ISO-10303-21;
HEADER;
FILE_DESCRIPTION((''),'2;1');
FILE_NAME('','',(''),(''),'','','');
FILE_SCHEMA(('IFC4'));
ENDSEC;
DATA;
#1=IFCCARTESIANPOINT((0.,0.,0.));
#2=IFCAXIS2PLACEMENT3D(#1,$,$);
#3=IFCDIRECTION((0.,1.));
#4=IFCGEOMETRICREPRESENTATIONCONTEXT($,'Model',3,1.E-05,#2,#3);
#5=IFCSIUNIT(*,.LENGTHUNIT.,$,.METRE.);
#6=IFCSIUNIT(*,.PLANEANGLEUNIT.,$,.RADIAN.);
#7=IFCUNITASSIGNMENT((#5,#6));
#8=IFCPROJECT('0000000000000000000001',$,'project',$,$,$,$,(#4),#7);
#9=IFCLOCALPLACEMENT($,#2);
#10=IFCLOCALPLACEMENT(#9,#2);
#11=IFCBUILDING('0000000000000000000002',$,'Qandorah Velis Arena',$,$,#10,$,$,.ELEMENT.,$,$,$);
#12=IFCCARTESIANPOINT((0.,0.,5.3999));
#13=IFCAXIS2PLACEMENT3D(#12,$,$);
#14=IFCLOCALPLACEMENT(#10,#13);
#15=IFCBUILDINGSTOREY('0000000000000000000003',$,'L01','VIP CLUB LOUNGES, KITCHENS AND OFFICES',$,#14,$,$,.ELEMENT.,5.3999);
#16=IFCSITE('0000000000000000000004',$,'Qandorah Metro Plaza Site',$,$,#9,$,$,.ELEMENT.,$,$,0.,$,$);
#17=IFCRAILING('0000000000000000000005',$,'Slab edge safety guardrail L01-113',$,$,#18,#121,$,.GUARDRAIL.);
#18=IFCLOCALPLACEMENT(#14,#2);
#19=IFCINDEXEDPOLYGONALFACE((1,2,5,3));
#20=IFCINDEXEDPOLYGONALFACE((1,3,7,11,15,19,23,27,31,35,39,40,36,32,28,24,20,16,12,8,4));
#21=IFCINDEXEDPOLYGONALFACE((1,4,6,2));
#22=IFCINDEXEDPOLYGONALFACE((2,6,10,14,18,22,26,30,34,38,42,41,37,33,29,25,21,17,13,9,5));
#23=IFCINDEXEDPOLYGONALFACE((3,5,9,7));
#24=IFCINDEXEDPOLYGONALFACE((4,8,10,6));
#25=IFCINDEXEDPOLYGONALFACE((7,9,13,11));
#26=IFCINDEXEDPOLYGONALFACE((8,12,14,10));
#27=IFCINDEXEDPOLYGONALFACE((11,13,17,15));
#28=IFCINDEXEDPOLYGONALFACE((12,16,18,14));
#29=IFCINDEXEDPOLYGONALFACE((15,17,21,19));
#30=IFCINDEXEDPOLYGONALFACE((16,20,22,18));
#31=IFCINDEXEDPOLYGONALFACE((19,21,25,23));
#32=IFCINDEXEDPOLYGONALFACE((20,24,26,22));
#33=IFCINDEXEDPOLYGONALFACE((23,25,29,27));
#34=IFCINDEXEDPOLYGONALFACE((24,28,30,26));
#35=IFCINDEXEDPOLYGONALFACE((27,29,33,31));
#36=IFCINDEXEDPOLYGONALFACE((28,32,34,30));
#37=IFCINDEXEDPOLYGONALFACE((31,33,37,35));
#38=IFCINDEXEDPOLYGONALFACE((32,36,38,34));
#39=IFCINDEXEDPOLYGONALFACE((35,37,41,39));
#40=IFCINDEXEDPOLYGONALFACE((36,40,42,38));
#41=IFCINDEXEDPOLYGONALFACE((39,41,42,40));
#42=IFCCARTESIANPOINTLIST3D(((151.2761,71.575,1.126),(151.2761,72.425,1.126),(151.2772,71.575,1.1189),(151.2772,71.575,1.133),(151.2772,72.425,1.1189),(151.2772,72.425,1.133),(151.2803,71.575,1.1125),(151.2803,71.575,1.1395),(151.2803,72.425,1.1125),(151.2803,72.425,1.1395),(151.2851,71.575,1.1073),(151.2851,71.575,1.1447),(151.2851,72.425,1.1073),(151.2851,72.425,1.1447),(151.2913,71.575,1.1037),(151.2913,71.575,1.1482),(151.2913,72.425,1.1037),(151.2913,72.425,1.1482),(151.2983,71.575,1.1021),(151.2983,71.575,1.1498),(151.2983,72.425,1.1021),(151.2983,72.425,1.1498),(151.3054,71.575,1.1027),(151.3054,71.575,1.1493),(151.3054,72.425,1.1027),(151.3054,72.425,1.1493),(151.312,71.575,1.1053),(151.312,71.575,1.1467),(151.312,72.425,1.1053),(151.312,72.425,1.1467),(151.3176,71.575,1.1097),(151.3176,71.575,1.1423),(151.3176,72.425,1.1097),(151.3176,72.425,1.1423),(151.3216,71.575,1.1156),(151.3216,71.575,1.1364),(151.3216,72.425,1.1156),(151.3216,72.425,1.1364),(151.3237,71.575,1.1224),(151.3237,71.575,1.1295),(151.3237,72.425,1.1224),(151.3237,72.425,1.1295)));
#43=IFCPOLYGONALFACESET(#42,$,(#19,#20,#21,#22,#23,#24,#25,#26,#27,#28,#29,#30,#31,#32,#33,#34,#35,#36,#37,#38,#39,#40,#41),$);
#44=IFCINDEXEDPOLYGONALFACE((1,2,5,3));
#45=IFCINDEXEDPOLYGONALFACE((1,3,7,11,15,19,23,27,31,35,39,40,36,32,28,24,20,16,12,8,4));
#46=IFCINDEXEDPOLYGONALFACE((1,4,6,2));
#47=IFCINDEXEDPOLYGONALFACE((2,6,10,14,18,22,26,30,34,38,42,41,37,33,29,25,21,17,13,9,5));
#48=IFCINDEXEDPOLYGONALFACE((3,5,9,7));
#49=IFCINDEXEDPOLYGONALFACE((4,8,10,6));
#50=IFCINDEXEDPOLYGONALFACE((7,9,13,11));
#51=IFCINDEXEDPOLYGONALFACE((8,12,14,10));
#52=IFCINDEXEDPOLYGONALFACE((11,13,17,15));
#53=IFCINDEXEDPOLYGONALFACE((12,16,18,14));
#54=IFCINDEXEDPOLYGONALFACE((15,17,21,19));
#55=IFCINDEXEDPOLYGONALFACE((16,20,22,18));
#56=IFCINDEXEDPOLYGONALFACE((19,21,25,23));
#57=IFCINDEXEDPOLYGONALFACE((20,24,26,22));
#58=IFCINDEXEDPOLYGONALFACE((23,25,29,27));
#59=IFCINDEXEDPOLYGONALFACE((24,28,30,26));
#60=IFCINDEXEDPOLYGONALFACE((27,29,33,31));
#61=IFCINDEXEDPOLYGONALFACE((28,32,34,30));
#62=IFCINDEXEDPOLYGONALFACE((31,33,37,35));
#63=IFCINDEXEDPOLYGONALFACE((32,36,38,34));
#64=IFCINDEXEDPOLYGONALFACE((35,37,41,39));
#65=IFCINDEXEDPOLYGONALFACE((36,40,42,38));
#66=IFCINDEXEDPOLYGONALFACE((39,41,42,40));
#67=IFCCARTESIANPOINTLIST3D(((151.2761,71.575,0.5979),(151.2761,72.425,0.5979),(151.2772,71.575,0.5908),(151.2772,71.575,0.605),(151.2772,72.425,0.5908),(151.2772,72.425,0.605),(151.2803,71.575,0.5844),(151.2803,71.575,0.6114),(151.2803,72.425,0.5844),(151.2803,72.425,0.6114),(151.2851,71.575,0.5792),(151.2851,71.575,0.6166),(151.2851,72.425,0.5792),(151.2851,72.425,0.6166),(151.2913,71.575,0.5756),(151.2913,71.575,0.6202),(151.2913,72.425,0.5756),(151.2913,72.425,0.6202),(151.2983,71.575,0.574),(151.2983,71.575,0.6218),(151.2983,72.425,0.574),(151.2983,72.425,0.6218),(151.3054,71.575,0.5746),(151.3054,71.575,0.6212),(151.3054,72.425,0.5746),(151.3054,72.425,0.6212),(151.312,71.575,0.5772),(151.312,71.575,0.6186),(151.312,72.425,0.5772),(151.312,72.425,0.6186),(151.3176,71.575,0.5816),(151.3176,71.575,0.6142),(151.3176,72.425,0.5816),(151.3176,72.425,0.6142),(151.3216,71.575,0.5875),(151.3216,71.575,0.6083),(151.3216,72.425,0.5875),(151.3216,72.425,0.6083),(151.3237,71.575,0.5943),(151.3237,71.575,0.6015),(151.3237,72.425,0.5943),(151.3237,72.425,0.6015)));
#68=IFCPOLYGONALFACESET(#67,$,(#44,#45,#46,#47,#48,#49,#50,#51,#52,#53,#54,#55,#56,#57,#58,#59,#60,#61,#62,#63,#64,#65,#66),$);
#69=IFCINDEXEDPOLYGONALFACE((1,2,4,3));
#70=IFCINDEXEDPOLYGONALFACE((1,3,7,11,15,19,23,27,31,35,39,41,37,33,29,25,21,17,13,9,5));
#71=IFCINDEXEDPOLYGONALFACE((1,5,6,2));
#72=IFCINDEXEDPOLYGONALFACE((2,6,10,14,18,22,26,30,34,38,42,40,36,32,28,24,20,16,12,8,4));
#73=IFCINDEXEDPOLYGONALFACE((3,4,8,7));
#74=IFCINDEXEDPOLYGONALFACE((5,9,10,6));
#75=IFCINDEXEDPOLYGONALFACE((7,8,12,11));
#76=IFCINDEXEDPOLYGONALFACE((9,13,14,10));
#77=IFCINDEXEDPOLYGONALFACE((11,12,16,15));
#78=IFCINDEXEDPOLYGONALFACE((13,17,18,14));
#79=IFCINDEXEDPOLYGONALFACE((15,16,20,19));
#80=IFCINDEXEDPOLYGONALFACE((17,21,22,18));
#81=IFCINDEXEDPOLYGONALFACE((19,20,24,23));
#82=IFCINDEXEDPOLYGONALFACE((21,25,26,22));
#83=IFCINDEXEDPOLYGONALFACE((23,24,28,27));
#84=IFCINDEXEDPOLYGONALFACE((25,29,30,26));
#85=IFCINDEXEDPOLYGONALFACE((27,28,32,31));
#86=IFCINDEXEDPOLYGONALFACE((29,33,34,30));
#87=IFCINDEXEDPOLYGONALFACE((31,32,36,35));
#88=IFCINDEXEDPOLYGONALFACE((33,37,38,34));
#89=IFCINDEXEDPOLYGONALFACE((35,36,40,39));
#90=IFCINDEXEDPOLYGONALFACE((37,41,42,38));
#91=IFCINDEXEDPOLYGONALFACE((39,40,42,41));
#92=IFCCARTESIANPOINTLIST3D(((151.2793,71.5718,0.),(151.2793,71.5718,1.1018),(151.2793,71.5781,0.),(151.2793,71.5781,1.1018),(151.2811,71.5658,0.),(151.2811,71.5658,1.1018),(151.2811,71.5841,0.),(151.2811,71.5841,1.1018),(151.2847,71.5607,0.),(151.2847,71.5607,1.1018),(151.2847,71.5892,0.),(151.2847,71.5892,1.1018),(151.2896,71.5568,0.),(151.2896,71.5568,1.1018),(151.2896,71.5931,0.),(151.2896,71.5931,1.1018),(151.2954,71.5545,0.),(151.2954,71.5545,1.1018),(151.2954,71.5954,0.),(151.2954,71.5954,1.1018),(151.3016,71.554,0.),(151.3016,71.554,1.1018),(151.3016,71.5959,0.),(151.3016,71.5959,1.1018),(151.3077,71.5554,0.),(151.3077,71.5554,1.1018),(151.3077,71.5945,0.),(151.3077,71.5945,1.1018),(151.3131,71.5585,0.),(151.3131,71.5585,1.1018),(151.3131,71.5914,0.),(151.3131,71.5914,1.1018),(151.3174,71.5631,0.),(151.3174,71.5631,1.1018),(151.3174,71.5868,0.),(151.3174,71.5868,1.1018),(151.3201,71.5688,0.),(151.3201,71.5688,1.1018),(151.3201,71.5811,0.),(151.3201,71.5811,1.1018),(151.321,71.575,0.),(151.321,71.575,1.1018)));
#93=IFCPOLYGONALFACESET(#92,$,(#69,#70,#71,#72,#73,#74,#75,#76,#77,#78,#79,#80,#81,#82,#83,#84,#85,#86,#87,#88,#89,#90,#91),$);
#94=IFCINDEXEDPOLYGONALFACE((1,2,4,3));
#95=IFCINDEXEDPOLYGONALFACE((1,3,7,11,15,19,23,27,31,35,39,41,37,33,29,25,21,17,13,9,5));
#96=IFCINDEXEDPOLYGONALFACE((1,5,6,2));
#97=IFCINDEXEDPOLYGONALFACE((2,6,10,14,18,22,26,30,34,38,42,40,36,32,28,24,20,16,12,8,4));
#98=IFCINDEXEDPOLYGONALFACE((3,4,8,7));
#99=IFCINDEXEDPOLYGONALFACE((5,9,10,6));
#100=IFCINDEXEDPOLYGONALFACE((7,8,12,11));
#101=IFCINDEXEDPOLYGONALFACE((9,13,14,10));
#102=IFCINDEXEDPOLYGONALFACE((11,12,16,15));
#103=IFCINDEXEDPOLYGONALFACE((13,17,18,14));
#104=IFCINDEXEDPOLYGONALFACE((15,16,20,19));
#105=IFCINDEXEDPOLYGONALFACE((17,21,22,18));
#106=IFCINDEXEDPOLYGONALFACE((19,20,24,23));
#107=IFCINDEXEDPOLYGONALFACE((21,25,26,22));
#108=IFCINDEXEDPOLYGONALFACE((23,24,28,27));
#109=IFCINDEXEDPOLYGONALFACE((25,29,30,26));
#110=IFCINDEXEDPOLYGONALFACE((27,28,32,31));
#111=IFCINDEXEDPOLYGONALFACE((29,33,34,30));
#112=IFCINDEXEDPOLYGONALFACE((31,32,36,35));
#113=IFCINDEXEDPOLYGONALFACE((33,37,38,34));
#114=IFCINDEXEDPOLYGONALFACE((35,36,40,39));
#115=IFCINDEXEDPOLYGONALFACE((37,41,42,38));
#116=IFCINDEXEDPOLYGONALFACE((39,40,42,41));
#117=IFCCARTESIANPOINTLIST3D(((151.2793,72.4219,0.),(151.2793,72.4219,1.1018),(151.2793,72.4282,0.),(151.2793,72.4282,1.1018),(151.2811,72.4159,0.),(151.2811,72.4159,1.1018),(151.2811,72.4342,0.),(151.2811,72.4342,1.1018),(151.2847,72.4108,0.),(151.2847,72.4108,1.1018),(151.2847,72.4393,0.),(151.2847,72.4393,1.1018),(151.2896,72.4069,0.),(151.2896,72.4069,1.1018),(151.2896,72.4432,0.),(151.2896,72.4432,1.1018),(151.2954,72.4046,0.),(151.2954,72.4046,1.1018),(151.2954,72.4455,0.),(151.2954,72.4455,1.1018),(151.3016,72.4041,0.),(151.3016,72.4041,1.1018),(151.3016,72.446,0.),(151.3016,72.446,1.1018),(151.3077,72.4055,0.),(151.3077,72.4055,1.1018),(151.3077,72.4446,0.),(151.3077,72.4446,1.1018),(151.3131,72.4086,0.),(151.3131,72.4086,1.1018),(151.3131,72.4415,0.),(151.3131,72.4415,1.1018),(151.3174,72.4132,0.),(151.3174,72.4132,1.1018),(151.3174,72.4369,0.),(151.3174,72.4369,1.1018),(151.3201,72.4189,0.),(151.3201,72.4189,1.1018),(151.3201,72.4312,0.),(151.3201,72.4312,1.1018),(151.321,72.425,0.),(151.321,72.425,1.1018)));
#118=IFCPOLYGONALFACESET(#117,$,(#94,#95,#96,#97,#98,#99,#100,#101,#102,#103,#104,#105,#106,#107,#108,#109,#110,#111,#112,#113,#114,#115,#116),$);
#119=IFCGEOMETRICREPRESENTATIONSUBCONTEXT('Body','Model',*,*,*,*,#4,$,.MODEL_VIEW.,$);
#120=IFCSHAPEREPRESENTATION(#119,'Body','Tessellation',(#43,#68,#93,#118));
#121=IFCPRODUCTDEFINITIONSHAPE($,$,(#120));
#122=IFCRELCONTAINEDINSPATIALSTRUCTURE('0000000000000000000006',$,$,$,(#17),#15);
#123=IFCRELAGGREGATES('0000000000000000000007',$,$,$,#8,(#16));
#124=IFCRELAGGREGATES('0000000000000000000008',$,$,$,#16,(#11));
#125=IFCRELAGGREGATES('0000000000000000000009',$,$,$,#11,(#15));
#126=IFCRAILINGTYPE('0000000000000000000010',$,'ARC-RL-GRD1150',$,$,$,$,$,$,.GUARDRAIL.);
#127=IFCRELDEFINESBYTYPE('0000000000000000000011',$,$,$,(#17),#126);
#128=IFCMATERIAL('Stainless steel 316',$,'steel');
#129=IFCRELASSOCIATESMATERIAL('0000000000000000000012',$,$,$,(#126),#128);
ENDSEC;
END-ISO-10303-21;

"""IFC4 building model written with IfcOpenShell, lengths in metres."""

from ifc_helpers import new_model, si_unit, direction, frame, origin, origin_2d, place, context, subcontext, project, spatial, circle, extrude, material, type_object, element, save


model = new_model("IFC4")

# Units and contexts
model_context = context("Model", 3, precision=1e-05, world=origin(), true_north=direction((0.0, 1.0)))
body_context = subcontext(model_context, "Body", "Model", "MODEL_VIEW")
ifc_project = project(units=[si_unit("LENGTHUNIT", "METRE"), si_unit("PLANEANGLEUNIT", "RADIAN")], contexts=[model_context])

# Site, building, storey
site_placement = place(None, origin())
site = spatial("IfcSite", under=ifc_project, at=site_placement, Name="Qandorah Metro Plaza Site", CompositionType="ELEMENT", RefElevation=0.0)
building_placement = place(site_placement, origin())
building = spatial("IfcBuilding", under=site, at=building_placement, Name="Qandorah Velis Arena", CompositionType="ELEMENT")
storey_placement = place(building_placement, frame((0.0, 0.0, 5.3999)))
storey = spatial("IfcBuildingStorey", under=building, at=storey_placement, Name="L01", Description="VIP CLUB LOUNGES, KITCHENS AND OFFICES", CompositionType="ELEMENT", Elevation=5.3999)

# Railing
ifc_material_1 = material(Name="Stainless steel 316", Category="steel")
railing_type_1 = type_object("IfcRailingType", Name="ARC-RL-GRD1150", PredefinedType="GUARDRAIL", material=ifc_material_1)
for number, where, name in (
    (1, (151.3, 71.575, 0.0), "Slab edge safety guardrail L01-113"),
):
    element("IfcRailing", number, at=place(storey_placement, frame(where)), inside=storey, type_object=railing_type_1, Name=name, PredefinedType="GUARDRAIL", context=body_context, shape_type="SweptSolid", body=[
        extrude(circle(Radius=0.0239, at=origin_2d()), frame((0.0, 0.0, 1.126), z_axis=(0.0, 1.0, 0.0), x_axis=(-1.0, 0.0, 0.0)), (0.0, 0.0, 1.0), 0.8501),
        extrude(circle(Radius=0.0239, at=origin_2d()), frame((0.0, 0.0, 0.5979), z_axis=(0.0, 1.0, 0.0), x_axis=(-1.0, 0.0, 0.0)), (0.0, 0.0, 1.0), 0.8501),
        extrude(circle(Radius=0.021, at=origin_2d()), origin(), (0.0, 0.0, 1.0), 1.1018),
        extrude(circle(Radius=0.021, at=origin_2d()), frame((0.0, 0.8501, 0.0)), (0.0, 0.0, 1.0), 1.1018),
    ])

save(model, "model.ifc")
